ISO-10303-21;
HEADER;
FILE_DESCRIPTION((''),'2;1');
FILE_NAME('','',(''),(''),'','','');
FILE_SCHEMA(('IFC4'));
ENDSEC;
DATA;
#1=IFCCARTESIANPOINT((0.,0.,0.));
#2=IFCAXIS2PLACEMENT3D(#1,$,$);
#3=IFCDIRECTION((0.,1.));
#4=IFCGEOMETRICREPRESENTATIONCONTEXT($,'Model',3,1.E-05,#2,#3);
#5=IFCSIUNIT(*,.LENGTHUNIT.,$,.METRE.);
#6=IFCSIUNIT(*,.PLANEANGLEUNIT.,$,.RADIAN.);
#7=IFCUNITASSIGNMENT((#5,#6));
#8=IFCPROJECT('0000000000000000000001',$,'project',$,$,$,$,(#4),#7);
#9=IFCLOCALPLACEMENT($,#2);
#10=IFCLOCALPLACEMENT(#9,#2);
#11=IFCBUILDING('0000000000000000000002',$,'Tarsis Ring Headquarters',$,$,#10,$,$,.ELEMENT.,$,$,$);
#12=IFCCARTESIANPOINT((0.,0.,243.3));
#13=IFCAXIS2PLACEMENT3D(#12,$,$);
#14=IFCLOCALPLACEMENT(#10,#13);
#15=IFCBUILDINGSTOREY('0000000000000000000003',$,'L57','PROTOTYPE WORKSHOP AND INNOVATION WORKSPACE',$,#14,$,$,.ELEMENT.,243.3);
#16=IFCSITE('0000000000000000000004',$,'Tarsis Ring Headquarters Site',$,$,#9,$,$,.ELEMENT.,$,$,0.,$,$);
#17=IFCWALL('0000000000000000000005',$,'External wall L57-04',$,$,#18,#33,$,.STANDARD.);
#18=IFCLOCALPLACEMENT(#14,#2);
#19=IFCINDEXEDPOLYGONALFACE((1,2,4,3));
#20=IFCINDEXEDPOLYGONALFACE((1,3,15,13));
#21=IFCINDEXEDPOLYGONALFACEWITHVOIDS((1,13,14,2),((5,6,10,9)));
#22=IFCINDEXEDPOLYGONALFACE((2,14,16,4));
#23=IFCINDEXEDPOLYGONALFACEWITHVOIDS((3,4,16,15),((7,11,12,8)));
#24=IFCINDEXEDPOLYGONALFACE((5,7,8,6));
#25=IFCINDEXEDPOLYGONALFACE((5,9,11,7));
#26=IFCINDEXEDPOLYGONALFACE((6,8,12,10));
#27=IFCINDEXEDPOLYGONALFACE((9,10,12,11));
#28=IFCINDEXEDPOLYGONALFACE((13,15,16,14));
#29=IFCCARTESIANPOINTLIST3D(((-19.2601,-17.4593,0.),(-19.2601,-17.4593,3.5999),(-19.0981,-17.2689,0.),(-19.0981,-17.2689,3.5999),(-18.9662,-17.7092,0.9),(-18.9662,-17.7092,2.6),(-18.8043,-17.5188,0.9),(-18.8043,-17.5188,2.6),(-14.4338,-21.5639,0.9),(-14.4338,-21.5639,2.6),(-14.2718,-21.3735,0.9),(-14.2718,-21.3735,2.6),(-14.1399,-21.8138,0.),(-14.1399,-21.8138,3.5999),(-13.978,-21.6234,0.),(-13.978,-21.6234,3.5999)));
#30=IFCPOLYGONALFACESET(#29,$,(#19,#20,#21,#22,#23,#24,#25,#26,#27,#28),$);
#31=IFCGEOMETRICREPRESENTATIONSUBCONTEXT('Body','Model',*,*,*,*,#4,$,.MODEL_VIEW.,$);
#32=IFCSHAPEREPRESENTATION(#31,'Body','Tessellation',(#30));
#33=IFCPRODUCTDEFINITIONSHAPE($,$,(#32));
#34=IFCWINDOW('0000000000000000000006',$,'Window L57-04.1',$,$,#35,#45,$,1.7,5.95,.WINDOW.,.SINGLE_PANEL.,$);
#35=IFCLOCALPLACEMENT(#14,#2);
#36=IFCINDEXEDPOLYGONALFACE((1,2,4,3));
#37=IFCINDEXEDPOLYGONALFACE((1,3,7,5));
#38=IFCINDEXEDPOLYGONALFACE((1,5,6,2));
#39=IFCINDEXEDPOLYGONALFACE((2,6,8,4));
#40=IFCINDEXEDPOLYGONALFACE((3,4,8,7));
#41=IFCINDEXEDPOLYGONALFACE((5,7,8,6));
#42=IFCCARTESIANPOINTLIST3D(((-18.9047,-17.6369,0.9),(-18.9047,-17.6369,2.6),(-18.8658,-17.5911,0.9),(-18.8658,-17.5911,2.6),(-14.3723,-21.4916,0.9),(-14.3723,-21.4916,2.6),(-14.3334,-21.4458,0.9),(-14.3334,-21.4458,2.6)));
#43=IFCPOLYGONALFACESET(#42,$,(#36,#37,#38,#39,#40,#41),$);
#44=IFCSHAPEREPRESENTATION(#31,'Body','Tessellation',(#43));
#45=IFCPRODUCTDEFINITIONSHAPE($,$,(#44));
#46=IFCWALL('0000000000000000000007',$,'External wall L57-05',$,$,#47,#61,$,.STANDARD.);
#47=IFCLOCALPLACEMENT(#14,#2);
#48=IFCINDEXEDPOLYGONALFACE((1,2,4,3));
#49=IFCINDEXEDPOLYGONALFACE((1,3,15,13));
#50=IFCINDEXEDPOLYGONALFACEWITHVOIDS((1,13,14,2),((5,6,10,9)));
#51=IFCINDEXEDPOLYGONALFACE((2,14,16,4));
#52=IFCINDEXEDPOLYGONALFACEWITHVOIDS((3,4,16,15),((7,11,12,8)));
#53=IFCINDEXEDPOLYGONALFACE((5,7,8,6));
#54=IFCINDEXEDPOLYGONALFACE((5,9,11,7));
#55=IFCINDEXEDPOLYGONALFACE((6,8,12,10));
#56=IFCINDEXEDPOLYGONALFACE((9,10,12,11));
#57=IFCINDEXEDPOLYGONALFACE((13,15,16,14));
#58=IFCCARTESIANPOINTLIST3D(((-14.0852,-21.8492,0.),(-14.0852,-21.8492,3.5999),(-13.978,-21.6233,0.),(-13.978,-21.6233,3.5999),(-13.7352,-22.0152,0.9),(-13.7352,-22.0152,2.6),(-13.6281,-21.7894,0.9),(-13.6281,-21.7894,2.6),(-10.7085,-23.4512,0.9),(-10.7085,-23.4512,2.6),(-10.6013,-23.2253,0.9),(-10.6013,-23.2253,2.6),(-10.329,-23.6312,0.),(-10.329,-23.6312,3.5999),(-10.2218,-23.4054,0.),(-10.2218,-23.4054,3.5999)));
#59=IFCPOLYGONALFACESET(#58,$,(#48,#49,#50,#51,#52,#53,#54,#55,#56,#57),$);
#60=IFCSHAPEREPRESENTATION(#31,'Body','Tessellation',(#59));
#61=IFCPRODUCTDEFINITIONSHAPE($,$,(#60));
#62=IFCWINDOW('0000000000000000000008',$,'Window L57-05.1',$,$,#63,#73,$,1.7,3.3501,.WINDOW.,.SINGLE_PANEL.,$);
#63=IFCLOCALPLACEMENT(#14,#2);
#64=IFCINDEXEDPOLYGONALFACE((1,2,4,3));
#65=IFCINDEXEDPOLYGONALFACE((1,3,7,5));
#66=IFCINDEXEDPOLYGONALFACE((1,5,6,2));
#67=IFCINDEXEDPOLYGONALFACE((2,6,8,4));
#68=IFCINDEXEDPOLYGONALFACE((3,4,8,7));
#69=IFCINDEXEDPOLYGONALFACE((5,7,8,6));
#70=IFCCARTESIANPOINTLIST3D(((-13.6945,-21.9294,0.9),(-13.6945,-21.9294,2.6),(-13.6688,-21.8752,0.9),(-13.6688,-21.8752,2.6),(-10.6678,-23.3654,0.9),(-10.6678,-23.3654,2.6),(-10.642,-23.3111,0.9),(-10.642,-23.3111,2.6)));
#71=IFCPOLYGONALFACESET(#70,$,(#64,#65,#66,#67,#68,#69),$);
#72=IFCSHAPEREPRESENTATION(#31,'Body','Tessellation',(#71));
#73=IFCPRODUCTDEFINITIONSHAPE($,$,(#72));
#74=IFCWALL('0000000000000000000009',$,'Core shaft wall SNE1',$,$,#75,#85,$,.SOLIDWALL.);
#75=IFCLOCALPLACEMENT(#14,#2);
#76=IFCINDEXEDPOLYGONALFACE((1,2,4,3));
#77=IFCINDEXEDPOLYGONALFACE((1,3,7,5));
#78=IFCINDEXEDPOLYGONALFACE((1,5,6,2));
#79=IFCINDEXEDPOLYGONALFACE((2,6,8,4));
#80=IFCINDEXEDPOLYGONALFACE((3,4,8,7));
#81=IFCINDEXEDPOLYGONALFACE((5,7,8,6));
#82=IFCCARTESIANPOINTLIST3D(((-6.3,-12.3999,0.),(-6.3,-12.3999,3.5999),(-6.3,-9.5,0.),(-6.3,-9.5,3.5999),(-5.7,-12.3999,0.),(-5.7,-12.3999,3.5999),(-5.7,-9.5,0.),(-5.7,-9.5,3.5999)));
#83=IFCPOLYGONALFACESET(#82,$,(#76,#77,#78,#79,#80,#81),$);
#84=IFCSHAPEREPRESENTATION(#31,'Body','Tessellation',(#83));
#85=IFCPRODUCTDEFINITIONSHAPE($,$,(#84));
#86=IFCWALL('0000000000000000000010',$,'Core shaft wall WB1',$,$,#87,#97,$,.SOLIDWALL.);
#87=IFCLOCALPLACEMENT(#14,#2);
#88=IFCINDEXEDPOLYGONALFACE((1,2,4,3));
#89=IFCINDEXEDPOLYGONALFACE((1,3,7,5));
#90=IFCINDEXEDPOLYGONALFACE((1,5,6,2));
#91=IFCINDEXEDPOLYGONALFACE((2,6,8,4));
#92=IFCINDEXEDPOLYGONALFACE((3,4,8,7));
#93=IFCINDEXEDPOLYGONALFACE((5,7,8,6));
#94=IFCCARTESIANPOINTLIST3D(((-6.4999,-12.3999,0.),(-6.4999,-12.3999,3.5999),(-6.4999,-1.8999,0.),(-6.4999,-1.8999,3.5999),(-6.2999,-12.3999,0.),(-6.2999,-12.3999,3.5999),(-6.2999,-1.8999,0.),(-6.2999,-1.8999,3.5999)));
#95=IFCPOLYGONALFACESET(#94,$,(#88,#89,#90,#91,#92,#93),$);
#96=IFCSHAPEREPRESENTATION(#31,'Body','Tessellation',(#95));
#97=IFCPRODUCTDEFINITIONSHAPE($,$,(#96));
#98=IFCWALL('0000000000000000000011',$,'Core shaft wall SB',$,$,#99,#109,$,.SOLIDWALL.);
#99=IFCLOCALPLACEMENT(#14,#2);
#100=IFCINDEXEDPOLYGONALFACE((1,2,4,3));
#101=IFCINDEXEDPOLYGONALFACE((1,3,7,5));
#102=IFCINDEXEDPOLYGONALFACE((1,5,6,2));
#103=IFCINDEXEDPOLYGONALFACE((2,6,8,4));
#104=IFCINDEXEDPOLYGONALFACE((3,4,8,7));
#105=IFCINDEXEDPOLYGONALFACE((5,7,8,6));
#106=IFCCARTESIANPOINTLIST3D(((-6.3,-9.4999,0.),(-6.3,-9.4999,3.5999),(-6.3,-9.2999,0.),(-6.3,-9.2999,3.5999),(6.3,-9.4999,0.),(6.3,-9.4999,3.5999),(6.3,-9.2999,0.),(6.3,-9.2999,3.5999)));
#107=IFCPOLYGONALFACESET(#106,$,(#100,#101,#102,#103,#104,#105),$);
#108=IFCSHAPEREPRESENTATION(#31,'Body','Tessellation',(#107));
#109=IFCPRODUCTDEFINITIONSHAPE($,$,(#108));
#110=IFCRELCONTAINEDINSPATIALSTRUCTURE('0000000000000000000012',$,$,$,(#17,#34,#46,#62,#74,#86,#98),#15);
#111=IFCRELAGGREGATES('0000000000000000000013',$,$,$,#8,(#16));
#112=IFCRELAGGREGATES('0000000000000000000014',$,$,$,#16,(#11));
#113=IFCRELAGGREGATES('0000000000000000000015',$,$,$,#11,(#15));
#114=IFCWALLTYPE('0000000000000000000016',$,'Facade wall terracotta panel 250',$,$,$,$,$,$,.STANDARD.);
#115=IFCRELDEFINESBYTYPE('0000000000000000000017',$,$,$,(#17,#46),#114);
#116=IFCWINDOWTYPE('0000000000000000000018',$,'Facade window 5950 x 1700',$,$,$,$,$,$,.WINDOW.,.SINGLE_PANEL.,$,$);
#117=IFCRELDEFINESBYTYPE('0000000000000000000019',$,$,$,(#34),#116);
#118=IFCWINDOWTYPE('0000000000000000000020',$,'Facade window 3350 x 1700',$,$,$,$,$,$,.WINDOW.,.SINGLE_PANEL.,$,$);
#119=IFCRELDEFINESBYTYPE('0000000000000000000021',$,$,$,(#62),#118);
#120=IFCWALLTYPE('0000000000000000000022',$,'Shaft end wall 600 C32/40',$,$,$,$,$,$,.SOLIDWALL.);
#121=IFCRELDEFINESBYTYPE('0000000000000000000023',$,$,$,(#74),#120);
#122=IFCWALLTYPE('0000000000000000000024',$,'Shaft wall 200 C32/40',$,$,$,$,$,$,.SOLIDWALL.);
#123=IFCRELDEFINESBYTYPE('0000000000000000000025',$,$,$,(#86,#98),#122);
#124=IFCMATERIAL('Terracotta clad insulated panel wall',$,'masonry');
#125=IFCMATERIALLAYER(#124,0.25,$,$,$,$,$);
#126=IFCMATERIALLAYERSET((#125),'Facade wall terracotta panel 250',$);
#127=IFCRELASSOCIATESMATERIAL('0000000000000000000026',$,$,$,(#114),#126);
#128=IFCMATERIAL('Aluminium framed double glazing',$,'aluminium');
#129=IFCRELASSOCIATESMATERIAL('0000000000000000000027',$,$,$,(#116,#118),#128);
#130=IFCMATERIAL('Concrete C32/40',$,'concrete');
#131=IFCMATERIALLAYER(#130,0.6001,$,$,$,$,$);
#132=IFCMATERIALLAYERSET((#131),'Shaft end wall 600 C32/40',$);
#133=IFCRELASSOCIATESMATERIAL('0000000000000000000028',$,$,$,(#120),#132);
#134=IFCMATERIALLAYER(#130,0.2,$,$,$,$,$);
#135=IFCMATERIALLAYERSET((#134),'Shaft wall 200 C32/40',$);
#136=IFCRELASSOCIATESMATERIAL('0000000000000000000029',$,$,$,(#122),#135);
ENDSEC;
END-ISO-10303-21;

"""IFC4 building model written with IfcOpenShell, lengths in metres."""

from ifc_helpers import new_model, si_unit, direction, frame, frame_2d, origin, place, context, subcontext, project, spatial, rectangle, extrude, material, layer, layer_set, type_object, element, fill, save


model = new_model("IFC4")

# Units and contexts
model_context = context("Model", 3, precision=1e-05, world=origin(), true_north=direction((0.0, 1.0)))
body_context = subcontext(model_context, "Body", "Model", "MODEL_VIEW")
ifc_project = project(units=[si_unit("LENGTHUNIT", "METRE"), si_unit("PLANEANGLEUNIT", "RADIAN")], contexts=[model_context])

# Site, building, storey
site_placement = place(None, origin())
site = spatial("IfcSite", under=ifc_project, at=site_placement, Name="Tarsis Ring Headquarters Site", CompositionType="ELEMENT", RefElevation=0.0)
building_placement = place(site_placement, origin())
building = spatial("IfcBuilding", under=site, at=building_placement, Name="Tarsis Ring Headquarters", CompositionType="ELEMENT")
storey_placement = place(building_placement, frame((0.0, 0.0, 243.3)))
storey = spatial("IfcBuildingStorey", under=building, at=storey_placement, Name="L57", Description="PROTOTYPE WORKSHOP AND INNOVATION WORKSPACE", CompositionType="ELEMENT", Elevation=243.3)

# Walls, openings, windows
ifc_material_1 = material(Name="Terracotta clad insulated panel wall", Category="masonry")
ifc_layer_1 = layer(ifc_material_1, 0.25)
ifc_layer_set_1 = layer_set([ifc_layer_1], Name="Facade wall terracotta panel 250")
wall_type_1 = type_object("IfcWallType", Name="Facade wall terracotta panel 250", PredefinedType="STANDARD", material=ifc_layer_set_1)
wall_1_placement = place(storey_placement, frame((-19.1792, -17.364, 0.0), z_axis=(0.0, 0.0, 1.0), x_axis=(0.761764, -0.647855, 0.0)))
wall_1 = element("IfcWall", 1, at=wall_1_placement, inside=storey, type_object=wall_type_1, Name="External wall L57-04", PredefinedType="STANDARD", context=body_context, shape_type="SweptSolid", body=[
    extrude(rectangle(XDim=6.7214, YDim=0.25, at=frame_2d((3.3608, 0.0))), origin(), (0.0, 0.0, 1.0), 3.5999),
])
opening_1_placement = place(wall_1_placement, frame((0.3857, 0.0, 0.8999)))
opening_1 = element("IfcOpeningElement", 2, at=opening_1_placement, cuts=wall_1, PredefinedType="OPENING", context=body_context, shape_type="SweptSolid", body=[
    extrude(rectangle(XDim=5.95, YDim=1.7, at=frame_2d((2.9751, 0.8501))), frame((0.0, 0.135, 0.0), z_axis=(0.0, -1.0, 0.0), x_axis=(1.0, 0.0, 0.0)), (0.0, 0.0, 1.0), 0.27),
])
ifc_material_2 = material(Name="Aluminium framed double glazing", Category="aluminium")
window_type_1 = type_object("IfcWindowType", Name="Facade window 5950 x 1700", PartitioningType="SINGLE_PANEL", PredefinedType="WINDOW", material=ifc_material_2)
window_1_placement = place(opening_1_placement, origin())
window_1 = element("IfcWindow", 3, at=window_1_placement, inside=storey, type_object=window_type_1, Name="Window L57-04.1", OverallHeight=1.7, OverallWidth=5.95, PartitioningType="SINGLE_PANEL", PredefinedType="WINDOW", context=body_context, shape_type="SweptSolid", body=[
    extrude(rectangle(XDim=5.95, YDim=1.7, at=frame_2d((2.9751, 0.8501))), frame((0.0, 0.03, 0.0), z_axis=(0.0, -1.0, 0.0), x_axis=(1.0, 0.0, 0.0)), (0.0, 0.0, 1.0), 0.0601),
])
fill(opening_1, window_1)
wall_2_placement = place(storey_placement, frame((-14.0315, -21.7363, 0.0), z_axis=(0.0, 0.0, 1.0), x_axis=(0.903479, -0.428632, 0.0)))
wall_2 = element("IfcWall", 4, at=wall_2_placement, inside=storey, type_object=wall_type_1, Name="External wall L57-05", PredefinedType="STANDARD", context=body_context, shape_type="SweptSolid", body=[
    extrude(rectangle(XDim=4.1575, YDim=0.25, at=frame_2d((2.0786, 0.0))), origin(), (0.0, 0.0, 1.0), 3.5999),
])
opening_2_placement = place(wall_2_placement, frame((0.3872, 0.0, 0.8999)))
opening_2 = element("IfcOpeningElement", 5, at=opening_2_placement, cuts=wall_2, PredefinedType="OPENING", context=body_context, shape_type="SweptSolid", body=[
    extrude(rectangle(XDim=3.3501, YDim=1.7, at=frame_2d((1.675, 0.8501))), frame((0.0, 0.135, 0.0), z_axis=(0.0, -1.0, 0.0), x_axis=(1.0, 0.0, 0.0)), (0.0, 0.0, 1.0), 0.27),
])
window_type_2 = type_object("IfcWindowType", Name="Facade window 3350 x 1700", PartitioningType="SINGLE_PANEL", PredefinedType="WINDOW", material=ifc_material_2)
window_2_placement = place(opening_2_placement, origin())
window_2 = element("IfcWindow", 6, at=window_2_placement, inside=storey, type_object=window_type_2, Name="Window L57-05.1", OverallHeight=1.7, OverallWidth=3.3501, PartitioningType="SINGLE_PANEL", PredefinedType="WINDOW", context=body_context, shape_type="SweptSolid", body=[
    extrude(rectangle(XDim=3.3501, YDim=1.7, at=frame_2d((1.675, 0.8501))), frame((0.0, 0.03, 0.0), z_axis=(0.0, -1.0, 0.0), x_axis=(1.0, 0.0, 0.0)), (0.0, 0.0, 1.0), 0.0601),
])
fill(opening_2, window_2)

# Walls
ifc_material_3 = material(Name="Concrete C32/40", Category="concrete")
ifc_layer_2 = layer(ifc_material_3, 0.6001)
ifc_layer_set_2 = layer_set([ifc_layer_2], Name="Shaft end wall 600 C32/40")
wall_type_2 = type_object("IfcWallType", Name="Shaft end wall 600 C32/40", PredefinedType="SOLIDWALL", material=ifc_layer_set_2)
wall_3_placement = place(storey_placement, frame((-6.0, -12.3999, 0.0), z_axis=(0.0, 0.0, 1.0), x_axis=(0.0, 1.0, 0.0)))
element("IfcWall", 7, at=wall_3_placement, inside=storey, type_object=wall_type_2, Name="Core shaft wall SNE1", PredefinedType="SOLIDWALL", context=body_context, shape_type="SweptSolid", body=[
    extrude(rectangle(XDim=2.8999, YDim=0.6001, at=frame_2d((1.45, 0.0))), origin(), (0.0, 0.0, 1.0), 3.5999),
])
ifc_layer_3 = layer(ifc_material_3, 0.2)
ifc_layer_set_3 = layer_set([ifc_layer_3], Name="Shaft wall 200 C32/40")
wall_type_3 = type_object("IfcWallType", Name="Shaft wall 200 C32/40", PredefinedType="SOLIDWALL", material=ifc_layer_set_3)
wall_4_placement = place(storey_placement, frame((-6.3999, -12.3999, 0.0), z_axis=(0.0, 0.0, 1.0), x_axis=(0.0, 1.0, 0.0)))
element("IfcWall", 8, at=wall_4_placement, inside=storey, type_object=wall_type_3, Name="Core shaft wall WB1", PredefinedType="SOLIDWALL", context=body_context, shape_type="SweptSolid", body=[
    extrude(rectangle(XDim=10.5, YDim=0.2, at=frame_2d((5.25, 0.0))), origin(), (0.0, 0.0, 1.0), 3.5999),
])
wall_5_placement = place(storey_placement, frame((-6.3, -9.3999, 0.0), z_axis=(0.0, 0.0, 1.0), x_axis=(1.0, 0.0, 0.0)))
element("IfcWall", 9, at=wall_5_placement, inside=storey, type_object=wall_type_3, Name="Core shaft wall SB", PredefinedType="SOLIDWALL", context=body_context, shape_type="SweptSolid", body=[
    extrude(rectangle(XDim=12.6001, YDim=0.2, at=frame_2d((6.3, 0.0))), origin(), (0.0, 0.0, 1.0), 3.5999),
])

save(model, "model.ifc")
